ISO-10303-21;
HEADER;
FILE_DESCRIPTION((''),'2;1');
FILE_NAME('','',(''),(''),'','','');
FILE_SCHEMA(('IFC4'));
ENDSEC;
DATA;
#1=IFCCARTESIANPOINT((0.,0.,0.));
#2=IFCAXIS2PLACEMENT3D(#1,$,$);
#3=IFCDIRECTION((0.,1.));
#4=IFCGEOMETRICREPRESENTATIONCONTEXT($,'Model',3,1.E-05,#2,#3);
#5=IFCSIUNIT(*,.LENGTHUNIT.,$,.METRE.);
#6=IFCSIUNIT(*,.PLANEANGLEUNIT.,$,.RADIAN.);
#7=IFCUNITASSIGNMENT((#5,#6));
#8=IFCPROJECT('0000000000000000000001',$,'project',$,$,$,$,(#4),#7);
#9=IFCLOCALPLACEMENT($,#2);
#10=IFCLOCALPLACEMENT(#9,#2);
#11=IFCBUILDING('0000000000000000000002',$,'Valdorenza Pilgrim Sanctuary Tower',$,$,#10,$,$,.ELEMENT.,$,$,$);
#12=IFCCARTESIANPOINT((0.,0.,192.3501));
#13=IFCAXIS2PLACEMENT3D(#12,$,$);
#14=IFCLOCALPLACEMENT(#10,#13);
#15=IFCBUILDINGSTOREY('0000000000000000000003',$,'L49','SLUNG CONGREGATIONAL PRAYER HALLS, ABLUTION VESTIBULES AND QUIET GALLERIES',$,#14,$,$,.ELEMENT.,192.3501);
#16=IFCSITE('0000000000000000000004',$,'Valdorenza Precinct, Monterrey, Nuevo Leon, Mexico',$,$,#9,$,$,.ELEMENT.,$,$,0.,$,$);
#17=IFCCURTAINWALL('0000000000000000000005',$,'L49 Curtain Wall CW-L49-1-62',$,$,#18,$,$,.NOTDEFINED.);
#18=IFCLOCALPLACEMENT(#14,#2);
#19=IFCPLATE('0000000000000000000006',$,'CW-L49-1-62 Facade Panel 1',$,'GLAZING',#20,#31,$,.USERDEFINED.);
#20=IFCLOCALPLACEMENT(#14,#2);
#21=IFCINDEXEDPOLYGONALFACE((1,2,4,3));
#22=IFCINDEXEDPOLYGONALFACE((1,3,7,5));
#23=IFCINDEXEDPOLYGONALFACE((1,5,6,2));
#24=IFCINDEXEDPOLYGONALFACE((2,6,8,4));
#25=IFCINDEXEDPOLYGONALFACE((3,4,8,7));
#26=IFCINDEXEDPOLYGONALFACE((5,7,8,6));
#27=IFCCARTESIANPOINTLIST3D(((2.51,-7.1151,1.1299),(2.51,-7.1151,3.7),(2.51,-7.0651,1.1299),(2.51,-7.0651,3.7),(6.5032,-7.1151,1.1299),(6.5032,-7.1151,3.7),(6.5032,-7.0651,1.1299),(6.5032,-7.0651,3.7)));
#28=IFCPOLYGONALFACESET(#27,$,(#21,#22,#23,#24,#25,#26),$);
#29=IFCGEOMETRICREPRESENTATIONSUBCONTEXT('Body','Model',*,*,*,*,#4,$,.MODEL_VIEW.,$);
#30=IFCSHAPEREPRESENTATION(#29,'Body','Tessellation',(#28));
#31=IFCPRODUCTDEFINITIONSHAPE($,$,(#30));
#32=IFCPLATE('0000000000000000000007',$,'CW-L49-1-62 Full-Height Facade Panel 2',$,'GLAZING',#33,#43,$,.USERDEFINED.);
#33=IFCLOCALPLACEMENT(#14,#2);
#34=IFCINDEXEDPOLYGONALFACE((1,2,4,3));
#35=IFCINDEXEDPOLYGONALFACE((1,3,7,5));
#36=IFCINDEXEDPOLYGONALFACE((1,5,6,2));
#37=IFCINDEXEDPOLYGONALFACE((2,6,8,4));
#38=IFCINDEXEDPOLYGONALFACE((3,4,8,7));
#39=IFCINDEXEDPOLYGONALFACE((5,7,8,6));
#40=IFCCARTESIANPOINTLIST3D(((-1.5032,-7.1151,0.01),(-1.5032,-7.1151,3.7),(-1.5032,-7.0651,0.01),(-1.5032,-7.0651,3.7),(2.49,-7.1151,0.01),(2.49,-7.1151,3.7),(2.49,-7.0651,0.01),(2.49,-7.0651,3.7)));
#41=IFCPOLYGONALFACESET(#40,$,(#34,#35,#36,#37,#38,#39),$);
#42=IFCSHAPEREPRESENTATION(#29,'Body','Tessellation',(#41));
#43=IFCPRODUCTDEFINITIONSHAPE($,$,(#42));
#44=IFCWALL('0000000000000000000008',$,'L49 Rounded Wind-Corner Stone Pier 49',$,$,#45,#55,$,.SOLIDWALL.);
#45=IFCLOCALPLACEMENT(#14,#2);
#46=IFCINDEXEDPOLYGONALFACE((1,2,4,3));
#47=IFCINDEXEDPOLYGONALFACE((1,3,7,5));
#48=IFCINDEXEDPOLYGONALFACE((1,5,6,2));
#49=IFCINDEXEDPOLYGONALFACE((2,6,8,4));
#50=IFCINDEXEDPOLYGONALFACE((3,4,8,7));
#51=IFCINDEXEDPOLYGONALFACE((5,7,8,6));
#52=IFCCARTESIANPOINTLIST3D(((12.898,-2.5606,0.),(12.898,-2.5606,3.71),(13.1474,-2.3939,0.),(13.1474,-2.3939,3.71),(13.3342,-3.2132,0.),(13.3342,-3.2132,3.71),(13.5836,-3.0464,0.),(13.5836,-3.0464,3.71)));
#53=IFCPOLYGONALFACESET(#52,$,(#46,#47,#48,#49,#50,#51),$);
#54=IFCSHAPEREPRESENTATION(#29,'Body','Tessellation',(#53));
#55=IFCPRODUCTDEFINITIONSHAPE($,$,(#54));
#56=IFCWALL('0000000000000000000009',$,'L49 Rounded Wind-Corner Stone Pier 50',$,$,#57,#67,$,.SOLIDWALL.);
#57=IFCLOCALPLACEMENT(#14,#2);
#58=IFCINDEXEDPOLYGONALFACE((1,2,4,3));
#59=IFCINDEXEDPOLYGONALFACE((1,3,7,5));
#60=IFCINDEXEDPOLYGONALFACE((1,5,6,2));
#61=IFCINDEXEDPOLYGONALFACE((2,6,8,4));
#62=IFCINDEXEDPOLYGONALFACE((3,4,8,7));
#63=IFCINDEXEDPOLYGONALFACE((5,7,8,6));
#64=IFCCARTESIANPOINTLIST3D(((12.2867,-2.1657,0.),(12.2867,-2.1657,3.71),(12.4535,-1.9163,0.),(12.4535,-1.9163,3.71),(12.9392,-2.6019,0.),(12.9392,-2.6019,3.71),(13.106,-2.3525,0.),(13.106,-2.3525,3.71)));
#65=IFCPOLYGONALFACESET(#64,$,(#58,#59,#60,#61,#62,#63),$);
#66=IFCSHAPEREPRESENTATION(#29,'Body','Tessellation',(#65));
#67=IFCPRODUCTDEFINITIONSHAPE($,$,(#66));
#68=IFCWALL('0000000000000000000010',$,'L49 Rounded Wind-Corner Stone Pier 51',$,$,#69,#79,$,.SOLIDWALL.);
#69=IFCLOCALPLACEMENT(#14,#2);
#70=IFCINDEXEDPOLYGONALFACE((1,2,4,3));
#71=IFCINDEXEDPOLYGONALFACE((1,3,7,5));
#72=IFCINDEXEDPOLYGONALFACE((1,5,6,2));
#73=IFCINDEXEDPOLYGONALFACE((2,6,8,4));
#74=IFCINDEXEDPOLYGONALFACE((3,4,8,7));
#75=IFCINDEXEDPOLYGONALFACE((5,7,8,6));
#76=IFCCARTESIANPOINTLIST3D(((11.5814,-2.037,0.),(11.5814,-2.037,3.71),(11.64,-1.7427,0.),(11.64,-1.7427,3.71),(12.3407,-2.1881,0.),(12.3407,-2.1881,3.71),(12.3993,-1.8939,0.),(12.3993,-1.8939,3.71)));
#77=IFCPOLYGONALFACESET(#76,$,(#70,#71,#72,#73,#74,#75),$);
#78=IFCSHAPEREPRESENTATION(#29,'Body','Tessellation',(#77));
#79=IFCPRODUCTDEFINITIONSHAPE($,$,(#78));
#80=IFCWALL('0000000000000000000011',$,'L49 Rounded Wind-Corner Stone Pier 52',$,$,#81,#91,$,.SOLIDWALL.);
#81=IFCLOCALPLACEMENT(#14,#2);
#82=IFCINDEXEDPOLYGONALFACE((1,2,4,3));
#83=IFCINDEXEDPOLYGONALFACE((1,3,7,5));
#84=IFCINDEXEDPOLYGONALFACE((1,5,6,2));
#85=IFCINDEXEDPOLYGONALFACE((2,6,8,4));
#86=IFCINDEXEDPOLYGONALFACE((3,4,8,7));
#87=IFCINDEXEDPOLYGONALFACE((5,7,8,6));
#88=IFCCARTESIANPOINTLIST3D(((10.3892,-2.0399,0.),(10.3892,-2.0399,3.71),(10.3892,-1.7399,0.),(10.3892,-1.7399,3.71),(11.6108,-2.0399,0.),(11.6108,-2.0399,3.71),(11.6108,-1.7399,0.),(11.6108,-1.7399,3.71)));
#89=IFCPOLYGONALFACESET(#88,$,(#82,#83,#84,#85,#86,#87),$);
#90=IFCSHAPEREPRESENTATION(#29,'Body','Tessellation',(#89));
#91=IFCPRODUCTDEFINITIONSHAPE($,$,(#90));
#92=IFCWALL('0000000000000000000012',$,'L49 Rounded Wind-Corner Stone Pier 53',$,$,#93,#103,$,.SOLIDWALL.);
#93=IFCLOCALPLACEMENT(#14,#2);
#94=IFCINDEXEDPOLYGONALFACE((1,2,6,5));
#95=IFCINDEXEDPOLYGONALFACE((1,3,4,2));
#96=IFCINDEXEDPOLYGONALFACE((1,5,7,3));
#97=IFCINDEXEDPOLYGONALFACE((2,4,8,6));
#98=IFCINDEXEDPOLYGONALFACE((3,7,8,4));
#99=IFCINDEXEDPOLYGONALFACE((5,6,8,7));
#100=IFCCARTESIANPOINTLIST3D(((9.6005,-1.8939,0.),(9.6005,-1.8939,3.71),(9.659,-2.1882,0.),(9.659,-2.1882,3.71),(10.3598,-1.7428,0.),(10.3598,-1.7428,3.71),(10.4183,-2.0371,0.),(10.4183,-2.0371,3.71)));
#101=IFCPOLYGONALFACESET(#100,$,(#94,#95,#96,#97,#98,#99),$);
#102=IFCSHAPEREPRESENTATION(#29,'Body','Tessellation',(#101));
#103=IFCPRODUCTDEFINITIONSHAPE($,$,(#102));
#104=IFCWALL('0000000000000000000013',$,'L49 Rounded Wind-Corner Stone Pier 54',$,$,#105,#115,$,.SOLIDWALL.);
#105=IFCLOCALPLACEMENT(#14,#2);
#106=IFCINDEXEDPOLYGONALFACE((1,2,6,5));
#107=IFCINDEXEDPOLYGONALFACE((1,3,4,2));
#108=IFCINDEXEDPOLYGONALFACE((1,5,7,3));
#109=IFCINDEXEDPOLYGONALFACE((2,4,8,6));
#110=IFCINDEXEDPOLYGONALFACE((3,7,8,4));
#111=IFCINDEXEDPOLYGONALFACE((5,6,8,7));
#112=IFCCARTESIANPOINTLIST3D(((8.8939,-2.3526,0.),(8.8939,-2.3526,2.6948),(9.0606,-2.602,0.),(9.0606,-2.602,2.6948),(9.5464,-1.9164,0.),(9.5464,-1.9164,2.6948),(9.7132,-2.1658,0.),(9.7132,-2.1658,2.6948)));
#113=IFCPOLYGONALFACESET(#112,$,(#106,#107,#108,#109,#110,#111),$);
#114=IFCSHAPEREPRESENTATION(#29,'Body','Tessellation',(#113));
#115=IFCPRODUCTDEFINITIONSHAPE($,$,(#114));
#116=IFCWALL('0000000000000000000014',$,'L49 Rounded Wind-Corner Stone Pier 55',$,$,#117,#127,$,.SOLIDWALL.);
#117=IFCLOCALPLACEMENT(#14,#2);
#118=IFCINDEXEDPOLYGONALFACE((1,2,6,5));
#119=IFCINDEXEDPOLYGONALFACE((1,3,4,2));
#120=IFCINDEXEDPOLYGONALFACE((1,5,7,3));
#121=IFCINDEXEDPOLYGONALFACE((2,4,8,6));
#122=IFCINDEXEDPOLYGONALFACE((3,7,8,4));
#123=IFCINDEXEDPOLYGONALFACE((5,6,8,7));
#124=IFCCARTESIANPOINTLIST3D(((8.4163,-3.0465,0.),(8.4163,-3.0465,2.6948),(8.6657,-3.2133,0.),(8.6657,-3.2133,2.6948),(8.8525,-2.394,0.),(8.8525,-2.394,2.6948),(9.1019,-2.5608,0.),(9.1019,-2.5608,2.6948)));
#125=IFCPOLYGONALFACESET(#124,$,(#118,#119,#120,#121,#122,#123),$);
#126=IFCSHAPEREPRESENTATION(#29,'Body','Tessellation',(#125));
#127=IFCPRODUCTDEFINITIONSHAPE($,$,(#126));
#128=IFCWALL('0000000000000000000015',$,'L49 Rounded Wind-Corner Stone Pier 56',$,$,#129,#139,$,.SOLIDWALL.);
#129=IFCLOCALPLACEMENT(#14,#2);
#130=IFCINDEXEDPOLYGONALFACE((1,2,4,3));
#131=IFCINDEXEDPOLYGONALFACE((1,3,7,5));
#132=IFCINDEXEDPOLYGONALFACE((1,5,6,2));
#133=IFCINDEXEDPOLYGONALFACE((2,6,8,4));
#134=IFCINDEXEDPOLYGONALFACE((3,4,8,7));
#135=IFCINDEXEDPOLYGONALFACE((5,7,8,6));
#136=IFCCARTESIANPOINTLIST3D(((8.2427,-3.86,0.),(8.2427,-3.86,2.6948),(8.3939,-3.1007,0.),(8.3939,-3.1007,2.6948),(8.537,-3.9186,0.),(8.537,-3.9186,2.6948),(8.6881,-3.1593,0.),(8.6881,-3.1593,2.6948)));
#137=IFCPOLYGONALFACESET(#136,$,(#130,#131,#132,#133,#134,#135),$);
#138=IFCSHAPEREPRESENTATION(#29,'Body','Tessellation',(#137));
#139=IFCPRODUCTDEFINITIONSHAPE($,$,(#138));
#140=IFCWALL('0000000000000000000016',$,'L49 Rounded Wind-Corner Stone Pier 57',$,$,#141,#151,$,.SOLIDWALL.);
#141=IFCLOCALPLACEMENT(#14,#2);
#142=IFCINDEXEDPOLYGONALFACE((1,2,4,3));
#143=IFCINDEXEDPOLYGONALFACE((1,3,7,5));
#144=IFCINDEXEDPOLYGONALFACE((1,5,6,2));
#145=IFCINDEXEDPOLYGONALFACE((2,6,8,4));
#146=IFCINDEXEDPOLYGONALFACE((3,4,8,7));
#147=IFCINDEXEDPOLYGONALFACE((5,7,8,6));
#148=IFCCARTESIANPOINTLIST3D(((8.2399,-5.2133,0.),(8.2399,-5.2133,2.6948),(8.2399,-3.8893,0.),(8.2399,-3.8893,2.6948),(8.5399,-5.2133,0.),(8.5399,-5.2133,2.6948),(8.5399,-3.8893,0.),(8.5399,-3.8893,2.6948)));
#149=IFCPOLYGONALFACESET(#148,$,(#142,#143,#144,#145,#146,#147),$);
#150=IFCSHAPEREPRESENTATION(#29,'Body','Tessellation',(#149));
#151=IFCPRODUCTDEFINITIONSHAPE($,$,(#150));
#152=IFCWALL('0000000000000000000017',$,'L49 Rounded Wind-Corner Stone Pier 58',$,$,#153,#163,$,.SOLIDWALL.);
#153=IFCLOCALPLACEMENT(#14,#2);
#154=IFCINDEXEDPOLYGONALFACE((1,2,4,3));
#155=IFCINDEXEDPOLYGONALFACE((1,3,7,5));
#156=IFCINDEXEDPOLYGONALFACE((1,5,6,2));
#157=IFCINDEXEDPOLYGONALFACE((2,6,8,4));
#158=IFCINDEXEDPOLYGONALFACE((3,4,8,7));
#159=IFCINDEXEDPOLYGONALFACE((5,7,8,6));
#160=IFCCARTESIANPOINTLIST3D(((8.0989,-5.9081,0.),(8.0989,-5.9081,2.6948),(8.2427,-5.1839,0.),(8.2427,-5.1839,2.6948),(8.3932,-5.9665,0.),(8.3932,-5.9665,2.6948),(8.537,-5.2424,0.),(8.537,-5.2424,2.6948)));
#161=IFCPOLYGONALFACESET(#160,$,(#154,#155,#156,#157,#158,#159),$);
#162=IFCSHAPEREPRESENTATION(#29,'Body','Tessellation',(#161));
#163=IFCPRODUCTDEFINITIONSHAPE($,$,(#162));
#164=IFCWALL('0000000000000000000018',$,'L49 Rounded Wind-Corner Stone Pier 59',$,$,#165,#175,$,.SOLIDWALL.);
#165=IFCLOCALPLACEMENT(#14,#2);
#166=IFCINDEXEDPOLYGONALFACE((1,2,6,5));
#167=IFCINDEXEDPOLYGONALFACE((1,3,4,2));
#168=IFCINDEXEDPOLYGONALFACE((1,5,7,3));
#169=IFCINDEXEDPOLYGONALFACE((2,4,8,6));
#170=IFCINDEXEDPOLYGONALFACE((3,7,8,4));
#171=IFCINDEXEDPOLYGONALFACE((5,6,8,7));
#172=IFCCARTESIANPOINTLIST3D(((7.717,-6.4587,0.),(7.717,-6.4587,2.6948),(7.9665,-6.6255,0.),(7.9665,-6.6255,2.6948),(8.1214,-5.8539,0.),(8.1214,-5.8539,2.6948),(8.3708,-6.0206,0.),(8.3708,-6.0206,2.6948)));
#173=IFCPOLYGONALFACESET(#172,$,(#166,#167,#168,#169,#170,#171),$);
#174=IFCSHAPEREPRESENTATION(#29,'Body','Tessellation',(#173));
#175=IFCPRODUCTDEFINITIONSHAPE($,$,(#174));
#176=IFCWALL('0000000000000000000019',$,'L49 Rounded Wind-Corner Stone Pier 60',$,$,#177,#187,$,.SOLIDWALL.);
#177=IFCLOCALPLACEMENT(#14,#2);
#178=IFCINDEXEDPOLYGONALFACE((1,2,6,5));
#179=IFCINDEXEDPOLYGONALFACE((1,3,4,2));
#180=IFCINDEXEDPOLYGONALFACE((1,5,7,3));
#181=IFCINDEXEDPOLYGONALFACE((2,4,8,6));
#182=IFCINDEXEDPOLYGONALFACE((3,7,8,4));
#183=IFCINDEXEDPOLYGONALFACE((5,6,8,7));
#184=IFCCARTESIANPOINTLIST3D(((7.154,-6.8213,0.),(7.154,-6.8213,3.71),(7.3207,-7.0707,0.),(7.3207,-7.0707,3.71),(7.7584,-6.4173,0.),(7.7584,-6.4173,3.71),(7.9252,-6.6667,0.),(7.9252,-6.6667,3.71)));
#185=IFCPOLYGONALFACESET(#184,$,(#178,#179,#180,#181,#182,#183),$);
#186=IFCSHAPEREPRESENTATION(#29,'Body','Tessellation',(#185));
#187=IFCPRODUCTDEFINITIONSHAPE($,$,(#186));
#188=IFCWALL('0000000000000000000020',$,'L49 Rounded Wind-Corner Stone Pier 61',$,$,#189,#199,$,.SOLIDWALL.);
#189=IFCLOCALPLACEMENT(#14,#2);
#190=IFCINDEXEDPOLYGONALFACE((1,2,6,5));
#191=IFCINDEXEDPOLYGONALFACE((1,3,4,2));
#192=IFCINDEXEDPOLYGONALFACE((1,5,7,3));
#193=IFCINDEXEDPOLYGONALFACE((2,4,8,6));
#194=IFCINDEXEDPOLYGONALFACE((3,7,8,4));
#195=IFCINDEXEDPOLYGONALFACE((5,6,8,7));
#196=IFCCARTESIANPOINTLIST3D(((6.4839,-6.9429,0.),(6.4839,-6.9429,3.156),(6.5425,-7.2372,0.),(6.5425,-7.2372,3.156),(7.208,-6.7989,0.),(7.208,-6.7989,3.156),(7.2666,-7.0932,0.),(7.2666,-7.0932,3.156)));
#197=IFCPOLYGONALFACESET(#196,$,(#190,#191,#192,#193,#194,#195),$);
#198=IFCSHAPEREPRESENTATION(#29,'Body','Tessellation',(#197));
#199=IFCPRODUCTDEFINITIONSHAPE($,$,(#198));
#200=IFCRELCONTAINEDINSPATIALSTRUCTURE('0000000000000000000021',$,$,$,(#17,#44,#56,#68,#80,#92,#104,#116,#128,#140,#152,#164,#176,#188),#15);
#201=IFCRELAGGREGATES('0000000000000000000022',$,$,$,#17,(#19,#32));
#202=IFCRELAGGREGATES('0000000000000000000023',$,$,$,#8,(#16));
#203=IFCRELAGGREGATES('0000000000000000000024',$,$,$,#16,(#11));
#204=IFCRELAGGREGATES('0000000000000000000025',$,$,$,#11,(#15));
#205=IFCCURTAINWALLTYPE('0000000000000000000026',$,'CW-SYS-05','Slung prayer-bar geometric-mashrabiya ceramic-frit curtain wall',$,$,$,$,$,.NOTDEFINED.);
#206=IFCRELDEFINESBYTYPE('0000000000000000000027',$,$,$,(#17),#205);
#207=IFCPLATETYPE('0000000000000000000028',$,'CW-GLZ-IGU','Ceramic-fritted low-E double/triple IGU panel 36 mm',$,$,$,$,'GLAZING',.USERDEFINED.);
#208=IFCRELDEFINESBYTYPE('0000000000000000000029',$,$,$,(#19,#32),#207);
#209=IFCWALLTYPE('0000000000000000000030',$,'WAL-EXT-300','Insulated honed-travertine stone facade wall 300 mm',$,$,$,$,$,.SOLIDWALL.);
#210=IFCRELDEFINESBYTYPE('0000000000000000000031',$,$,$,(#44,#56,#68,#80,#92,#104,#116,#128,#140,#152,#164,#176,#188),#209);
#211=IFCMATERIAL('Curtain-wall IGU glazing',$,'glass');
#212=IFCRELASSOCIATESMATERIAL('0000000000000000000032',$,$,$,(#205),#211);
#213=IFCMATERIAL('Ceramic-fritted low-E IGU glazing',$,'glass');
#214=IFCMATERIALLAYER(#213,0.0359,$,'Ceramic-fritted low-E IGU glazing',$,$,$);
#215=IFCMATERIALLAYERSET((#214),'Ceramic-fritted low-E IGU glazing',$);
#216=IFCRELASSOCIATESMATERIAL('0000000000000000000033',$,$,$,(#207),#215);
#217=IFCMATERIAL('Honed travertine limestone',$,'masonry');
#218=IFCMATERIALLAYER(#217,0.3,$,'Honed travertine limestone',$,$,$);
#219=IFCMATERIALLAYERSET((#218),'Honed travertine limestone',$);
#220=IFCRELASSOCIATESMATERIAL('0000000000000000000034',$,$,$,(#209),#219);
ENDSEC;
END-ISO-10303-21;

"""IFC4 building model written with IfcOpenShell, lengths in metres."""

from ifc_helpers import new_model, si_unit, direction, frame, frame_2d, origin, origin_2d, place, context, subcontext, project, spatial, rectangle, extrude, source, transform, mapped, material, layer, layer_set, type_object, element, aggregate, save


model = new_model("IFC4")

# Units and contexts
model_context = context("Model", 3, precision=1e-05, world=origin(), true_north=direction((0.0, 1.0)))
body_context = subcontext(model_context, "Body", "Model", "MODEL_VIEW")
ifc_project = project(units=[si_unit("LENGTHUNIT", "METRE"), si_unit("PLANEANGLEUNIT", "RADIAN")], contexts=[model_context])

# Site, building, storey
site_placement = place(None, origin())
site = spatial("IfcSite", under=ifc_project, at=site_placement, Name="Valdorenza Precinct, Monterrey, Nuevo Leon, Mexico", CompositionType="ELEMENT", RefElevation=0.0)
building_placement = place(site_placement, origin())
building = spatial("IfcBuilding", under=site, at=building_placement, Name="Valdorenza Pilgrim Sanctuary Tower", CompositionType="ELEMENT")
storey_placement = place(building_placement, frame((0.0, 0.0, 192.3501)))
storey = spatial("IfcBuildingStorey", under=building, at=storey_placement, Name="L49", Description="SLUNG CONGREGATIONAL PRAYER HALLS, ABLUTION VESTIBULES AND QUIET GALLERIES", CompositionType="ELEMENT", Elevation=192.3501)

# Curtain wall
ifc_material_1 = material(Name="Curtain-wall IGU glazing", Category="glass")
curtain_wall_type = type_object("IfcCurtainWallType", Name="CW-SYS-05", Description="Slung prayer-bar geometric-mashrabiya ceramic-frit curtain wall", PredefinedType="NOTDEFINED", material=ifc_material_1)
curtain_wall_1_placement = place(storey_placement, origin())
curtain_wall_1 = element("IfcCurtainWall", 1, at=curtain_wall_1_placement, inside=storey, type_object=curtain_wall_type, Name="L49 Curtain Wall CW-L49-1-62", PredefinedType="NOTDEFINED")

# Plates
ifc_material_2 = material(Name="Honed travertine limestone", Category="masonry")
ifc_material_3 = material(Name="Ceramic-fritted low-E IGU glazing", Category="glass")
ifc_layer_1 = layer(ifc_material_3, 0.0359, Name="Ceramic-fritted low-E IGU glazing")
ifc_layer_set_1 = layer_set([ifc_layer_1], Name="Ceramic-fritted low-E IGU glazing")
plate_type_1 = type_object("IfcPlateType", Name="CW-GLZ-IGU", Description="Ceramic-fritted low-E double/triple IGU panel 36 mm", ElementType="GLAZING", PredefinedType="USERDEFINED", material=ifc_layer_set_1)
shared_shape_1 = source(origin(), body_context, "Body", "SweptSolid", [
    extrude(rectangle(XDim=3.9932, YDim=0.05, at=origin_2d()), origin(), (0.0, 0.0, 1.0), 2.5701),
])
plate_1_placement = place(storey_placement, frame((4.5066, -7.0901, 1.1299), z_axis=(0.0, 0.0, 1.0), x_axis=(-1.0, 0.0, 0.0)))
plate_1 = element("IfcPlate", 2, at=plate_1_placement, type_object=plate_type_1, Name="CW-L49-1-62 Facade Panel 1", ObjectType="GLAZING", PredefinedType="USERDEFINED", context=body_context, shape_type="MappedRepresentation", body=[
    mapped(shared_shape_1, transform((0.0, 0.0, 0.0), x_axis=(1.0, 0.0, 0.0), y_axis=(0.0, 1.0, 0.0), z_axis=(0.0, 0.0, 1.0), scale=1.0)),
])
shared_shape_2 = source(origin(), body_context, "Body", "SweptSolid", [
    extrude(rectangle(XDim=3.9932, YDim=0.05, at=origin_2d()), origin(), (0.0, 0.0, 1.0), 3.6899),
])
plate_2_placement = place(storey_placement, frame((0.4934, -7.0901, 0.01), z_axis=(0.0, 0.0, 1.0), x_axis=(-1.0, 0.0, 0.0)))
plate_2 = element("IfcPlate", 3, at=plate_2_placement, type_object=plate_type_1, Name="CW-L49-1-62 Full-Height Facade Panel 2", ObjectType="GLAZING", PredefinedType="USERDEFINED", context=body_context, shape_type="MappedRepresentation", body=[
    mapped(shared_shape_2, transform((0.0, 0.0, 0.0), x_axis=(1.0, 0.0, 0.0), y_axis=(0.0, 1.0, 0.0), z_axis=(0.0, 0.0, 1.0), scale=1.0)),
])
aggregate(curtain_wall_1, [plate_1, plate_2])

# Walls
ifc_layer_2 = layer(ifc_material_2, 0.3, Name="Honed travertine limestone")
ifc_layer_set_2 = layer_set([ifc_layer_2], Name="Honed travertine limestone")
wall_type_1 = type_object("IfcWallType", Name="WAL-EXT-300", Description="Insulated honed-travertine stone facade wall 300 mm", PredefinedType="SOLIDWALL", material=ifc_layer_set_2)
for number, where, z_axis, x_axis, name in (
    (4, (13.459, -3.1299, 0.0), (0.0, 0.0, 1.0), (-0.555776, 0.831332, 0.0), "L49 Rounded Wind-Corner Stone Pier 49"),
    (5, (13.0227, -2.4773, 0.0), (0.0, 0.0, 1.0), (-0.831332, 0.555776, 0.0), "L49 Rounded Wind-Corner Stone Pier 50"),
):
    element("IfcWall", number, at=place(storey_placement, frame(where, z_axis=z_axis, x_axis=x_axis)), inside=storey, type_object=wall_type_1, Name=name, PredefinedType="SOLIDWALL", context=body_context, shape_type="SweptSolid", body=[
        extrude(rectangle(XDim=0.7849, YDim=0.3, at=frame_2d((0.3926, 0.0))), origin(), (0.0, 0.0, 1.0), 3.71),
    ])
wall_1_placement = place(storey_placement, frame((12.3701, -2.041, 0.0), z_axis=(0.0, 0.0, 1.0), x_axis=(-0.980762, 0.195206, 0.0)))
element("IfcWall", 6, at=wall_1_placement, inside=storey, type_object=wall_type_1, Name="L49 Rounded Wind-Corner Stone Pier 51", PredefinedType="SOLIDWALL", context=body_context, shape_type="SweptSolid", body=[
    extrude(rectangle(XDim=0.7742, YDim=0.3, at=frame_2d((0.3872, 0.0))), origin(), (0.0, 0.0, 1.0), 3.71),
])
wall_2_placement = place(storey_placement, frame((11.6108, -1.8899, 0.0), z_axis=(0.0, 0.0, 1.0), x_axis=(-1.0, 0.0, 0.0)))
element("IfcWall", 7, at=wall_2_placement, inside=storey, type_object=wall_type_1, Name="L49 Rounded Wind-Corner Stone Pier 52", PredefinedType="SOLIDWALL", context=body_context, shape_type="SweptSolid", body=[
    extrude(rectangle(XDim=1.2217, YDim=0.3, at=frame_2d((0.6108, 0.0))), origin(), (0.0, 0.0, 1.0), 3.71),
])
wall_3_placement = place(storey_placement, frame((10.3892, -1.8899, 0.0), z_axis=(0.0, 0.0, 1.0), x_axis=(-0.980762, -0.195206, 0.0)))
element("IfcWall", 8, at=wall_3_placement, inside=storey, type_object=wall_type_1, Name="L49 Rounded Wind-Corner Stone Pier 53", PredefinedType="SOLIDWALL", context=body_context, shape_type="SweptSolid", body=[
    extrude(rectangle(XDim=0.7742, YDim=0.3, at=frame_2d((0.3872, 0.0))), origin(), (0.0, 0.0, 1.0), 3.71),
])
for number, where, z_axis, x_axis, name in (
    (9, (9.6299, -2.041, 0.0), (0.0, 0.0, 1.0), (-0.831332, -0.555776, 0.0), "L49 Rounded Wind-Corner Stone Pier 54"),
    (10, (8.9773, -2.4773, 0.0), (0.0, 0.0, 1.0), (-0.555776, -0.831332, 0.0), "L49 Rounded Wind-Corner Stone Pier 55"),
):
    element("IfcWall", number, at=place(storey_placement, frame(where, z_axis=z_axis, x_axis=x_axis)), inside=storey, type_object=wall_type_1, Name=name, PredefinedType="SOLIDWALL", context=body_context, shape_type="SweptSolid", body=[
        extrude(rectangle(XDim=0.7849, YDim=0.3, at=frame_2d((0.3926, 0.0))), origin(), (0.0, 0.0, 1.0), 2.6948),
    ])
wall_4_placement = place(storey_placement, frame((8.541, -3.1299, 0.0), z_axis=(0.0, 0.0, 1.0), x_axis=(-0.195206, -0.980762, 0.0)))
element("IfcWall", 11, at=wall_4_placement, inside=storey, type_object=wall_type_1, Name="L49 Rounded Wind-Corner Stone Pier 56", PredefinedType="SOLIDWALL", context=body_context, shape_type="SweptSolid", body=[
    extrude(rectangle(XDim=0.7742, YDim=0.3, at=frame_2d((0.3872, 0.0))), origin(), (0.0, 0.0, 1.0), 2.6948),
])
wall_5_placement = place(storey_placement, frame((8.3899, -3.8892, 0.0), z_axis=(0.0, 0.0, 1.0), x_axis=(0.0, -1.0, 0.0)))
element("IfcWall", 12, at=wall_5_placement, inside=storey, type_object=wall_type_1, Name="L49 Rounded Wind-Corner Stone Pier 57", PredefinedType="SOLIDWALL", context=body_context, shape_type="SweptSolid", body=[
    extrude(rectangle(XDim=1.324, YDim=0.3, at=frame_2d((0.6621, 0.0))), origin(), (0.0, 0.0, 1.0), 2.6948),
])
wall_6_placement = place(storey_placement, frame((8.3899, -5.2131, 0.0), z_axis=(0.0, 0.0, 1.0), x_axis=(-0.19478, -0.980847, 0.0)))
element("IfcWall", 13, at=wall_6_placement, inside=storey, type_object=wall_type_1, Name="L49 Rounded Wind-Corner Stone Pier 58", PredefinedType="SOLIDWALL", context=body_context, shape_type="SweptSolid", body=[
    extrude(rectangle(XDim=0.7383, YDim=0.3, at=frame_2d((0.3691, 0.0))), origin(), (0.0, 0.0, 1.0), 2.6948),
])
wall_7_placement = place(storey_placement, frame((8.2461, -5.9373, 0.0), z_axis=(0.0, 0.0, 1.0), x_axis=(-0.555784, -0.831327, 0.0)))
element("IfcWall", 14, at=wall_7_placement, inside=storey, type_object=wall_type_1, Name="L49 Rounded Wind-Corner Stone Pier 59", PredefinedType="SOLIDWALL", context=body_context, shape_type="SweptSolid", body=[
    extrude(rectangle(XDim=0.7275, YDim=0.3, at=frame_2d((0.3638, 0.0))), origin(), (0.0, 0.0, 1.0), 2.6948),
])
wall_8_placement = place(storey_placement, frame((7.8418, -6.542, 0.0), z_axis=(0.0, 0.0, 1.0), x_axis=(-0.831378, -0.555707, 0.0)))
element("IfcWall", 15, at=wall_8_placement, inside=storey, type_object=wall_type_1, Name="L49 Rounded Wind-Corner Stone Pier 60", PredefinedType="SOLIDWALL", context=body_context, shape_type="SweptSolid", body=[
    extrude(rectangle(XDim=0.7271, YDim=0.3, at=frame_2d((0.3635, 0.0))), origin(), (0.0, 0.0, 1.0), 3.71),
])
wall_9_placement = place(storey_placement, frame((7.2373, -6.946, 0.0), z_axis=(0.0, 0.0, 1.0), x_axis=(-0.980784, -0.195099, 0.0)))
element("IfcWall", 16, at=wall_9_placement, inside=storey, type_object=wall_type_1, Name="L49 Rounded Wind-Corner Stone Pier 61", PredefinedType="SOLIDWALL", context=body_context, shape_type="SweptSolid", body=[
    extrude(rectangle(XDim=0.7383, YDim=0.3, at=frame_2d((0.3691, 0.0))), origin(), (0.0, 0.0, 1.0), 3.156),
])

save(model, "model.ifc")
